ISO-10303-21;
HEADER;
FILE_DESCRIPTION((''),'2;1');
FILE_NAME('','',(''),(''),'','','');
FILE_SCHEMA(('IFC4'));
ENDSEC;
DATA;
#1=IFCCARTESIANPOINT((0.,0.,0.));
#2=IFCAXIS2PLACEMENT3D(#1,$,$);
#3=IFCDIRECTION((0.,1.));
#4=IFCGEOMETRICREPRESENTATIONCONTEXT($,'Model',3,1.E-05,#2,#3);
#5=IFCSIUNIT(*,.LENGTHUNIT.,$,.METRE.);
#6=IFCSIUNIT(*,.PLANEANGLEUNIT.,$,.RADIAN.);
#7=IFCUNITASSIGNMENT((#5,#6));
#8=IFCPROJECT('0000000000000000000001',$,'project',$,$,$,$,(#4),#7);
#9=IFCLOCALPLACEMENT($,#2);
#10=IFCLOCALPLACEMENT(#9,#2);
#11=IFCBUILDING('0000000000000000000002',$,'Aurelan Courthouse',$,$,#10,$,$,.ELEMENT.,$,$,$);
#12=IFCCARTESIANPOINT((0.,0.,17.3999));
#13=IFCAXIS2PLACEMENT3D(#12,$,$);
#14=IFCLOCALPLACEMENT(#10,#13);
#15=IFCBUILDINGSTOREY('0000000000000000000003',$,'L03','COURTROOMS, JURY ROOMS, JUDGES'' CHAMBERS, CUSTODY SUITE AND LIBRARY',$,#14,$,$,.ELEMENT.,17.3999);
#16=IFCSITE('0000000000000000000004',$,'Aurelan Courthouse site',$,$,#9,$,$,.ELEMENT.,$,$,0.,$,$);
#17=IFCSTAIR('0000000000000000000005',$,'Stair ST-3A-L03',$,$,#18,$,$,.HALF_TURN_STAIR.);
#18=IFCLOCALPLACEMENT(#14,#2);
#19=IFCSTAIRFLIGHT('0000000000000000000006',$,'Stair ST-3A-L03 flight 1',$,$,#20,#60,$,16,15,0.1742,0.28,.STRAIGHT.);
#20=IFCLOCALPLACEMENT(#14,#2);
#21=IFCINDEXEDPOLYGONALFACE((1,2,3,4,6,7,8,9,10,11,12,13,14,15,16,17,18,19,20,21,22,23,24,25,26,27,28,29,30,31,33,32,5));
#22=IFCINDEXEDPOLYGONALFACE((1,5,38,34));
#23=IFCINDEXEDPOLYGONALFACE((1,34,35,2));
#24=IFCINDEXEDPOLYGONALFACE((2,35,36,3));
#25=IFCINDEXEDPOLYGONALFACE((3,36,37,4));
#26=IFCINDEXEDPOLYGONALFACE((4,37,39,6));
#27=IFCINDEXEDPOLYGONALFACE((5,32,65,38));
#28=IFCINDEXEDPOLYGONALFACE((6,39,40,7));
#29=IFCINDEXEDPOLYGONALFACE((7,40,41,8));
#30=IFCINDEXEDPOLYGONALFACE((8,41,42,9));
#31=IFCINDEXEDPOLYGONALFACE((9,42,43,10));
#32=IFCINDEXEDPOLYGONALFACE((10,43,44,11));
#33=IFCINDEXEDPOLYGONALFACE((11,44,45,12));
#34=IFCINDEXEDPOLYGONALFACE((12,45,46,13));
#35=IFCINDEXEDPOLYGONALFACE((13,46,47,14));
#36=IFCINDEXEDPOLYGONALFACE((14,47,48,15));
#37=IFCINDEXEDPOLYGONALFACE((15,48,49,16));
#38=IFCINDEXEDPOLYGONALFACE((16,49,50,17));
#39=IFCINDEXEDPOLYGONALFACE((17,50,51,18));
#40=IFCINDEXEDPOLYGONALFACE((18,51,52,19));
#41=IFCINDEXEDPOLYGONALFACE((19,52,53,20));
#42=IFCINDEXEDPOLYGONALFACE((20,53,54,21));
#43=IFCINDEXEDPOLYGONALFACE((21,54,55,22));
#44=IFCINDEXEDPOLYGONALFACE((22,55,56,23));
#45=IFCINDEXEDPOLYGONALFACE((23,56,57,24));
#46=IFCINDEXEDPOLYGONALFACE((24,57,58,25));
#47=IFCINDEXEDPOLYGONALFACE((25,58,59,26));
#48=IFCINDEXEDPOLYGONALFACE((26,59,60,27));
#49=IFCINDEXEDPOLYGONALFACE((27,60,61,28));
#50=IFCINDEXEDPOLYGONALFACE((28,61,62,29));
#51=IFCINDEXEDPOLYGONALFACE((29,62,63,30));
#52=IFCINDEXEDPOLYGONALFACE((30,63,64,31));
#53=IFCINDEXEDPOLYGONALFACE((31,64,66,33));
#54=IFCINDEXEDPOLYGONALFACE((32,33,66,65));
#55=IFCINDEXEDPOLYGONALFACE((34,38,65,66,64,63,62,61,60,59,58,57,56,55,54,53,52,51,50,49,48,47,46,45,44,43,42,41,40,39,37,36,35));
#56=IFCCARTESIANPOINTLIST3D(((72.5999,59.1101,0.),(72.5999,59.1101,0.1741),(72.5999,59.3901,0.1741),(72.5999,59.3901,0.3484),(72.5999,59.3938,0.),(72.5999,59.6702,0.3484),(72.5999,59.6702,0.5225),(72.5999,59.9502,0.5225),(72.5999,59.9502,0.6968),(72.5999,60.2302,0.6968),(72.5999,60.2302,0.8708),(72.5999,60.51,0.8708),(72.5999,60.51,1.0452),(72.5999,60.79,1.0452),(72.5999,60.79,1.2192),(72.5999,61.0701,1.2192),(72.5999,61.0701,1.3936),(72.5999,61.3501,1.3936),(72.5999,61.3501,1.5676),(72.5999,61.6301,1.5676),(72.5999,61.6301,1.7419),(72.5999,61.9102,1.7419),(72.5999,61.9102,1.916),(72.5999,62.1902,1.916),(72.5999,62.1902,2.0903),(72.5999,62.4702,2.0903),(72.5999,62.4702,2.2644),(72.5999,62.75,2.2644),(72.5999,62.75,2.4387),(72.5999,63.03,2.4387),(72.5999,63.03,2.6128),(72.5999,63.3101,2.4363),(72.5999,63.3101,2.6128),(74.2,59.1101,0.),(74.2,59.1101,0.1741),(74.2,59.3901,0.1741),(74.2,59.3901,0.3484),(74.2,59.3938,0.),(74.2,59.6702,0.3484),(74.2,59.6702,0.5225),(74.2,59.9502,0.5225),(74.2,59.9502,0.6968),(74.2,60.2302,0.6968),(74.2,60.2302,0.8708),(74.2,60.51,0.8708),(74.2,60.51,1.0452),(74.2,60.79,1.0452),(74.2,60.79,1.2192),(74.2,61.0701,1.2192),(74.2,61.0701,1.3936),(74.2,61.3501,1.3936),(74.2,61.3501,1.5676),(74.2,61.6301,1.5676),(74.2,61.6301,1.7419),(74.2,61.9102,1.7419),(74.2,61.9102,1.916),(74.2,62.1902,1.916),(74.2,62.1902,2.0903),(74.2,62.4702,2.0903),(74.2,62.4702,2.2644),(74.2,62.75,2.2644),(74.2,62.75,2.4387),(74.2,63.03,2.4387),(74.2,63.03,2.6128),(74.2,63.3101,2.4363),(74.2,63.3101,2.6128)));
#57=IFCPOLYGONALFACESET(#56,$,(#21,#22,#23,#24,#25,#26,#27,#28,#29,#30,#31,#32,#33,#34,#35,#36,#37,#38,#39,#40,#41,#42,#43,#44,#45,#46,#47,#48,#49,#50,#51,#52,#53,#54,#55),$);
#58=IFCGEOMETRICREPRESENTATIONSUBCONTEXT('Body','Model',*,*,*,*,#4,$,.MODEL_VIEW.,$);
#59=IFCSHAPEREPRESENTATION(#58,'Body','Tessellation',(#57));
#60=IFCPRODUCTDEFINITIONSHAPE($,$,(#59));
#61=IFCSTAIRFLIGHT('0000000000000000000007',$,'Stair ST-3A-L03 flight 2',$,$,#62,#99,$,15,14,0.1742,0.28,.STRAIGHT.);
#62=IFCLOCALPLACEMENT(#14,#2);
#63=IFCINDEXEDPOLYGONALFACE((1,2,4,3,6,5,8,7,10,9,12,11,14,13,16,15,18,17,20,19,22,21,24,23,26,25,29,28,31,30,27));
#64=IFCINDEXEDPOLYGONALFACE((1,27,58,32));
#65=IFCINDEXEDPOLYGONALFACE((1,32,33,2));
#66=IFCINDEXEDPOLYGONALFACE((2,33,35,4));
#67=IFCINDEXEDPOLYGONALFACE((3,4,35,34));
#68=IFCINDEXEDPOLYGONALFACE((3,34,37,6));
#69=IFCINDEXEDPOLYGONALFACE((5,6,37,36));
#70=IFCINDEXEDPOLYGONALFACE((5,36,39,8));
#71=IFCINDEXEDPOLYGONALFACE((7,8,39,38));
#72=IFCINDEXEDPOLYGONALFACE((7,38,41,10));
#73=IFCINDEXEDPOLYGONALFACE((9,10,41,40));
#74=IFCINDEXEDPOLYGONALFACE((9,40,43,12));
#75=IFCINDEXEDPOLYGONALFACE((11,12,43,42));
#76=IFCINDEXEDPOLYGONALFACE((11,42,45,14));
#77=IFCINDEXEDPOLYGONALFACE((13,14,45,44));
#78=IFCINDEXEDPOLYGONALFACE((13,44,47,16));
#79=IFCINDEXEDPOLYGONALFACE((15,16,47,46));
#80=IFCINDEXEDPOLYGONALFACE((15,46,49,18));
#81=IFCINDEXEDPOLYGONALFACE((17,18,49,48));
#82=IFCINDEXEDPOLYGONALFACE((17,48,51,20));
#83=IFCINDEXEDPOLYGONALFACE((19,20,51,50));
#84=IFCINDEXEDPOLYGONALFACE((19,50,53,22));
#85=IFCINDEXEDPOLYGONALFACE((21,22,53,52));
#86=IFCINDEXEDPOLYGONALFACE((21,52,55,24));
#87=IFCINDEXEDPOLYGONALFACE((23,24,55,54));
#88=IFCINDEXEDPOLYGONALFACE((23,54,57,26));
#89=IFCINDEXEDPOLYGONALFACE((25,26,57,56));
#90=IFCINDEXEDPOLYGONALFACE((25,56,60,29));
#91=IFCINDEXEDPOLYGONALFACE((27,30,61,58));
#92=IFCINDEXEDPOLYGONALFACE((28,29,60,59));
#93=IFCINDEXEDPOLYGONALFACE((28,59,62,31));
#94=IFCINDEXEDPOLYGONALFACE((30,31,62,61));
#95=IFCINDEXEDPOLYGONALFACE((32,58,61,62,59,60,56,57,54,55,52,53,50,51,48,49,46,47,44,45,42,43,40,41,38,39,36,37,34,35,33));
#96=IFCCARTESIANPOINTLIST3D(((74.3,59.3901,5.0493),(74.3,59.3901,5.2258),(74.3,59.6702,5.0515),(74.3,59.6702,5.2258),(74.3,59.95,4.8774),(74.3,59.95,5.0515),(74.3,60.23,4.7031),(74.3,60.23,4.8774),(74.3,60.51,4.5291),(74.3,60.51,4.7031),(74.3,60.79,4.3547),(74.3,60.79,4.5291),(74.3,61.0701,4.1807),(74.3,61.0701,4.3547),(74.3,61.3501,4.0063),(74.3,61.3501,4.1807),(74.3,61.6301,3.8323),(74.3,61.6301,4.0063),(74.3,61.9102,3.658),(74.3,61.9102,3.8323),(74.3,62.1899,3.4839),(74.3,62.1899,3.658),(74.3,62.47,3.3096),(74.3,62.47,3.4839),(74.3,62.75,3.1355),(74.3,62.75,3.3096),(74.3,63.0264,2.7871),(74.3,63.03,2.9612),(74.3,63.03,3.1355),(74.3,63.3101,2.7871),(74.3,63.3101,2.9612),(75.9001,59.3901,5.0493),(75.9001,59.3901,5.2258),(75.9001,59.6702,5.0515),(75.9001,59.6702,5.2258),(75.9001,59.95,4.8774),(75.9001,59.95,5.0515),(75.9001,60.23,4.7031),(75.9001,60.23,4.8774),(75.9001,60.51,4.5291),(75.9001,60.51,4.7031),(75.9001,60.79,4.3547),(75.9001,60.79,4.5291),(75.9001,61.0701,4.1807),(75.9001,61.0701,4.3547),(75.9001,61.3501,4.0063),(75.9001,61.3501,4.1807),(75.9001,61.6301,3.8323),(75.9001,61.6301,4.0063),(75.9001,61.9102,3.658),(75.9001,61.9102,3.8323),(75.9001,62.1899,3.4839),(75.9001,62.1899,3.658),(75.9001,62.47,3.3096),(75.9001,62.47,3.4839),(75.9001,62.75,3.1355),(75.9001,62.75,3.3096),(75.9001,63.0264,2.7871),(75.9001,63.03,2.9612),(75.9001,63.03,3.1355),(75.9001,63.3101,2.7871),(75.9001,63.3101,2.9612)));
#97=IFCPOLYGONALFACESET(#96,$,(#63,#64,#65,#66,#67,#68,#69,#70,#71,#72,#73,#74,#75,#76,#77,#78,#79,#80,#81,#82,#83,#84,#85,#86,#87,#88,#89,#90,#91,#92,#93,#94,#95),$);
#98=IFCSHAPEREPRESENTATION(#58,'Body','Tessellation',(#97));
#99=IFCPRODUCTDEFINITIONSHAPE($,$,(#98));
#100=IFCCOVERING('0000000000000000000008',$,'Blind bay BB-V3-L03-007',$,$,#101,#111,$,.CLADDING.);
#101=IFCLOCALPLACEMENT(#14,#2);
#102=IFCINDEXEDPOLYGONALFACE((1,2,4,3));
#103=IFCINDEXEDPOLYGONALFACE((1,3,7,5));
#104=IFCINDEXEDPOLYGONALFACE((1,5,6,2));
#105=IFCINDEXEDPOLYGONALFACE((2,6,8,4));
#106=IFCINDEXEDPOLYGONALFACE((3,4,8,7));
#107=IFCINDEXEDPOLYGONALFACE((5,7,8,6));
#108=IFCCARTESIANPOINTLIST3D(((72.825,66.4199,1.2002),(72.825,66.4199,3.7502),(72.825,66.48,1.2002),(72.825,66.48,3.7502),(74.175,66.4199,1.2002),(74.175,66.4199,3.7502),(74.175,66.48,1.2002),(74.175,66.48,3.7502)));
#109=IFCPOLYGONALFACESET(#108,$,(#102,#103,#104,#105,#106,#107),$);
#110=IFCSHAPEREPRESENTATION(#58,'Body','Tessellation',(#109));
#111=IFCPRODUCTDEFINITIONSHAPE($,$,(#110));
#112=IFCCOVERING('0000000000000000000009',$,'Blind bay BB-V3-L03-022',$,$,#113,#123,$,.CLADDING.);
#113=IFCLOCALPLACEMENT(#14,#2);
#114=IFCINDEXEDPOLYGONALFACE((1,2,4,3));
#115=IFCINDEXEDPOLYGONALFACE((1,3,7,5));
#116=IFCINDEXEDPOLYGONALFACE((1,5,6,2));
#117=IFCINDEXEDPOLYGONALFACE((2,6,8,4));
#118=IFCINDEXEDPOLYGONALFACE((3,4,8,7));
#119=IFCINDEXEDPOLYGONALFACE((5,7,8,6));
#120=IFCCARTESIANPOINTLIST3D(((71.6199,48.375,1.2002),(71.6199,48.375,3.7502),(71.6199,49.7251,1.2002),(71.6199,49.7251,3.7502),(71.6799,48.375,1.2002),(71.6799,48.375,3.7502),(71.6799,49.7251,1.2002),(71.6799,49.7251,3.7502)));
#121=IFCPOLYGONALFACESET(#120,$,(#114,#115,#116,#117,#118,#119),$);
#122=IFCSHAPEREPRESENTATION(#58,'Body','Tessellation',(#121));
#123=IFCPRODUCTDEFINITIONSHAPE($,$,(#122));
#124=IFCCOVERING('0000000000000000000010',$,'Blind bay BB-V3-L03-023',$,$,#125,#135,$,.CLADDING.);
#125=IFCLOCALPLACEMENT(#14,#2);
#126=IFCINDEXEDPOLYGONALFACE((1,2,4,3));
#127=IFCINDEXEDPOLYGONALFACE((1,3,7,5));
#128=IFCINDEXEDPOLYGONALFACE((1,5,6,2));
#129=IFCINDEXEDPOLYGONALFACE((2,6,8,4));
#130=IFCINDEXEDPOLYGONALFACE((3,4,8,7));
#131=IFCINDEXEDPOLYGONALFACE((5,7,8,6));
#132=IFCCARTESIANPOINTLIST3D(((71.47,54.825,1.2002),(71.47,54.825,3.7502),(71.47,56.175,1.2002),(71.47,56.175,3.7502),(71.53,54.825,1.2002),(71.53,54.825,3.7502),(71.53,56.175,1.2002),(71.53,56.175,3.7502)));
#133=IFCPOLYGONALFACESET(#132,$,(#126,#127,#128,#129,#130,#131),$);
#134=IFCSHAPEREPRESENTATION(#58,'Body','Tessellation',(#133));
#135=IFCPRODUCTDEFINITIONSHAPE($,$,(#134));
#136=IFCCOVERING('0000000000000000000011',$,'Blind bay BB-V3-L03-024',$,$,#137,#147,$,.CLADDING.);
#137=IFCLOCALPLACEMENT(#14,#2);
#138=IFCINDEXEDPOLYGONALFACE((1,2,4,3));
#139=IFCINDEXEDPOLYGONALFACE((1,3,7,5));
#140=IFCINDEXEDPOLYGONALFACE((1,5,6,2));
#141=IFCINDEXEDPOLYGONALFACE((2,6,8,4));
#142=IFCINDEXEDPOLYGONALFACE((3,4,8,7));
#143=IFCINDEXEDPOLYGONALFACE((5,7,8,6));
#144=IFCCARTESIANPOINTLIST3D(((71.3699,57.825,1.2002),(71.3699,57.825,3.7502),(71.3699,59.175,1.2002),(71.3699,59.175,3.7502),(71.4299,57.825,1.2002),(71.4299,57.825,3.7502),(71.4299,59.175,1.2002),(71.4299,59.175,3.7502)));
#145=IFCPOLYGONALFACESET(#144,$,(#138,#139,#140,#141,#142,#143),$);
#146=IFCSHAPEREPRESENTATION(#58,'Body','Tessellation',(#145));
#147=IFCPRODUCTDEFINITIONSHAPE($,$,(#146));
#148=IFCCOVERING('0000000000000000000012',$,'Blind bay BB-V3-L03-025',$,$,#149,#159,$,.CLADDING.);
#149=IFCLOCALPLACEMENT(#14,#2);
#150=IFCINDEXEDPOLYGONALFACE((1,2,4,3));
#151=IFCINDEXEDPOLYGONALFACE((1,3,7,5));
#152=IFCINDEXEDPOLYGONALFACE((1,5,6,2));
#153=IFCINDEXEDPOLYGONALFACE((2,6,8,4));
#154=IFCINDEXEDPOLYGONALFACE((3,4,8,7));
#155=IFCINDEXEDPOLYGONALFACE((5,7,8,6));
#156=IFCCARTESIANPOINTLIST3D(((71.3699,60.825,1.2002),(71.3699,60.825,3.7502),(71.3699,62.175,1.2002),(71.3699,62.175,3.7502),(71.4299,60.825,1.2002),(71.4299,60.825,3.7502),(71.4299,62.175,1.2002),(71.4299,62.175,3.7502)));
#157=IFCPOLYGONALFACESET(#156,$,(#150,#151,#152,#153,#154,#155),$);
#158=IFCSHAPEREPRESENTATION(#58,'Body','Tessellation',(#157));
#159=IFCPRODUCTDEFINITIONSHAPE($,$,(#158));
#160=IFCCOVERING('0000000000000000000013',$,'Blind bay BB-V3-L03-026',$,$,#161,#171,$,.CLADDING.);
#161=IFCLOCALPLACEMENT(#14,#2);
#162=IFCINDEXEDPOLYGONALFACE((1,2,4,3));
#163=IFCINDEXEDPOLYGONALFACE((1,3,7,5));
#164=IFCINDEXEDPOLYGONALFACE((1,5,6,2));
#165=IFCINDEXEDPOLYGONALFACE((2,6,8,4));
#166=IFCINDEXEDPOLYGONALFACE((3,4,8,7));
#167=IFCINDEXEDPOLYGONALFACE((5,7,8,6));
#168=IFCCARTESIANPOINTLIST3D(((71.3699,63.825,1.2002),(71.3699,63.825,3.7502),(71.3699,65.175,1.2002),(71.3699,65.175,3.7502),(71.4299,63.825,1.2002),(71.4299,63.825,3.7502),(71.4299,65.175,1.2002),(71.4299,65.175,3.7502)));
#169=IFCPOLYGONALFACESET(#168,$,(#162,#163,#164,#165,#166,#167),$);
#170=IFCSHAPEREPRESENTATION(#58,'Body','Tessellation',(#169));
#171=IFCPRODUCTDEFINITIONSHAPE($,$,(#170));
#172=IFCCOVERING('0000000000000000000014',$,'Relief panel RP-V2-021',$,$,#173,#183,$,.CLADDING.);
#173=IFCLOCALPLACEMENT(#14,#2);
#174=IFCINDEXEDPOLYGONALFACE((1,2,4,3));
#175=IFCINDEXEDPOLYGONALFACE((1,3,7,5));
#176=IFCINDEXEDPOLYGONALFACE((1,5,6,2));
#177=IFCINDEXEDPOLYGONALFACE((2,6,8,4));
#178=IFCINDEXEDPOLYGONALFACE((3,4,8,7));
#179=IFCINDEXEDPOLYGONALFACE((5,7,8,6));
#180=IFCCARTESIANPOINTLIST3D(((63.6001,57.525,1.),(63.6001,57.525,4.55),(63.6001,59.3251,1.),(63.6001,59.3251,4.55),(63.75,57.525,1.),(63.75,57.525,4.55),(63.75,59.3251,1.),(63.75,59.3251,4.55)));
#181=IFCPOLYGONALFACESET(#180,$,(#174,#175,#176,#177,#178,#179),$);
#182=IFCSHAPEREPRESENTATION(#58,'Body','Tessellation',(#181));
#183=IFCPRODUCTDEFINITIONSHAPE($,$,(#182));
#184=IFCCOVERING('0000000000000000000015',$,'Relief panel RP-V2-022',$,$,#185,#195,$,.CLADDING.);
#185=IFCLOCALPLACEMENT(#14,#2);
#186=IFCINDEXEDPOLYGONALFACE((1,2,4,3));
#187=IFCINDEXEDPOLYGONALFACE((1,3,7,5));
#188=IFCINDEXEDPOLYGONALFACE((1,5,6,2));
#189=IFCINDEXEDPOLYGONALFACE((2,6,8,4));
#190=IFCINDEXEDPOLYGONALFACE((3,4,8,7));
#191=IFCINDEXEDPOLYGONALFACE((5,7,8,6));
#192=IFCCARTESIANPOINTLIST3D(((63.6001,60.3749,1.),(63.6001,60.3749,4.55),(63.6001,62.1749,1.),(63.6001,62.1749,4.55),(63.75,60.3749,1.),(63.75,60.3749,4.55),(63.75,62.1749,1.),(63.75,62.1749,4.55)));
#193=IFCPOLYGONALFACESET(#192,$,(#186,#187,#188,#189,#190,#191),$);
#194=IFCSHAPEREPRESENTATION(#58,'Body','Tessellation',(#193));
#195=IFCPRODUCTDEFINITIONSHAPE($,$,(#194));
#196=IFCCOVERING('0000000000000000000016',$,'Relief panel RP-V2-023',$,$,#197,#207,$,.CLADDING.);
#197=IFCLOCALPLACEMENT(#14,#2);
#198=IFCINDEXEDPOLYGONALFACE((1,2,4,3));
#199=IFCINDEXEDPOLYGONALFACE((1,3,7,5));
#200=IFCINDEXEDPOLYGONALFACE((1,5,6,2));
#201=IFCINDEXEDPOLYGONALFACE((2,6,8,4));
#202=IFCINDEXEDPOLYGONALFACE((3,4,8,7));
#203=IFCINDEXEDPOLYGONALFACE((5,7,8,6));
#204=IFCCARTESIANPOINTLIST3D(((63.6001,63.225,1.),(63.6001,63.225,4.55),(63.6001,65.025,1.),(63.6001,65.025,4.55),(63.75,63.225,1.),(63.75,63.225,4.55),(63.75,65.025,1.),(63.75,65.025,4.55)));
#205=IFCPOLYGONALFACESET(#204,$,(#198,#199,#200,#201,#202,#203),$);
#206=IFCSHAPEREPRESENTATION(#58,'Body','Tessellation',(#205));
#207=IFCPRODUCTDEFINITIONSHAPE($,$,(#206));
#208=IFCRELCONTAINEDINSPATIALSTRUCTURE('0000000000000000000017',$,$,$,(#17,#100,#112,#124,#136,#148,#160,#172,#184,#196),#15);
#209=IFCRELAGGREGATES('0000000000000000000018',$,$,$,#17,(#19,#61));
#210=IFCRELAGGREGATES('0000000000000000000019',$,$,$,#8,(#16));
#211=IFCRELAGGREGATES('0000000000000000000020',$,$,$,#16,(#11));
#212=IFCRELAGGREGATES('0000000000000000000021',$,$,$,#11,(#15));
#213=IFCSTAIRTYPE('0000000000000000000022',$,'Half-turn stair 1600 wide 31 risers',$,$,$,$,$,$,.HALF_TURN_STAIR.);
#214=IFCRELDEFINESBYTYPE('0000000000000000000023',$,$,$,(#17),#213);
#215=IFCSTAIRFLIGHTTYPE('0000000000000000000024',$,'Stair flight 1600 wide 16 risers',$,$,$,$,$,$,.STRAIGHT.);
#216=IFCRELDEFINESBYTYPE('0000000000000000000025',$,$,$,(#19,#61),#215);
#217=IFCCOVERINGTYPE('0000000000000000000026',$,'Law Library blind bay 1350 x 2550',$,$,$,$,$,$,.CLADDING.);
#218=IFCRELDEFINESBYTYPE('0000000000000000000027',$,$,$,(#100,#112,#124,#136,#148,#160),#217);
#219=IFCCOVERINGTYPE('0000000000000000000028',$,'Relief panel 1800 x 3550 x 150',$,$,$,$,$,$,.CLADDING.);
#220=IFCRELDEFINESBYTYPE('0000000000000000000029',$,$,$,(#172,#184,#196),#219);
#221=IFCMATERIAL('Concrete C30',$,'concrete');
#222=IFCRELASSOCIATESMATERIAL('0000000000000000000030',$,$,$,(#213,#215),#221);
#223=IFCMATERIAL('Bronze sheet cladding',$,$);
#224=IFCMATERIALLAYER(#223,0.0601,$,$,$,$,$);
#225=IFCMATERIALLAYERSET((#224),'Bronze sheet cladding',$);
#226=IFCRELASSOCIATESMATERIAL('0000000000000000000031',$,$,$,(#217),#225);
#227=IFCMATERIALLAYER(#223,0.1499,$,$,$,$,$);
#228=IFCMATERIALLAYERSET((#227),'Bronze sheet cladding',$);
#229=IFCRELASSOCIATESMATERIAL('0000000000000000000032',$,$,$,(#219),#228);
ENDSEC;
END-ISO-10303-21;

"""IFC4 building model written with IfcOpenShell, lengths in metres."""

from ifc_helpers import new_model, si_unit, direction, frame, origin, origin_2d, place, context, subcontext, project, spatial, polyline, rectangle, outline, extrude, material, layer, layer_set, type_object, element, aggregate, save


model = new_model("IFC4")

# Units and contexts
model_context = context("Model", 3, precision=1e-05, world=origin(), true_north=direction((0.0, 1.0)))
body_context = subcontext(model_context, "Body", "Model", "MODEL_VIEW")
ifc_project = project(units=[si_unit("LENGTHUNIT", "METRE"), si_unit("PLANEANGLEUNIT", "RADIAN")], contexts=[model_context])

# Site, building, storey
site_placement = place(None, origin())
site = spatial("IfcSite", under=ifc_project, at=site_placement, Name="Aurelan Courthouse site", CompositionType="ELEMENT", RefElevation=0.0)
building_placement = place(site_placement, origin())
building = spatial("IfcBuilding", under=site, at=building_placement, Name="Aurelan Courthouse", CompositionType="ELEMENT")
storey_placement = place(building_placement, frame((0.0, 0.0, 17.3999)))
storey = spatial("IfcBuildingStorey", under=building, at=storey_placement, Name="L03", Description="COURTROOMS, JURY ROOMS, JUDGES' CHAMBERS, CUSTODY SUITE AND LIBRARY", CompositionType="ELEMENT", Elevation=17.3999)

# Stair, stair flights
ifc_material_1 = material(Name="Concrete C30", Category="concrete")
stair_type = type_object("IfcStairType", Name="Half-turn stair 1600 wide 31 risers", PredefinedType="HALF_TURN_STAIR", material=ifc_material_1)
stair_placement = place(storey_placement, origin())
stair = element("IfcStair", 1, at=stair_placement, inside=storey, type_object=stair_type, Name="Stair ST-3A-L03", PredefinedType="HALF_TURN_STAIR")
stair_flight_type = type_object("IfcStairFlightType", Name="Stair flight 1600 wide 16 risers", PredefinedType="STRAIGHT", material=ifc_material_1)
stair_flight_1_placement = place(storey_placement, frame((73.3999, 59.1101, 0.0), z_axis=(0.0, 0.0, 1.0), x_axis=(0.0, 1.0, 0.0)))
stair_flight_1 = element("IfcStairFlight", 2, at=stair_flight_1_placement, type_object=stair_flight_type, Name="Stair ST-3A-L03 flight 1", NumberOfRisers=16, NumberOfTreads=15, PredefinedType="STRAIGHT", RiserHeight=0.1742, TreadLength=0.28, context=body_context, shape_type="SweptSolid", body=[
    extrude(outline(polyline([(0.0, 0.0), (0.0, 0.1741), (0.28, 0.1741), (0.28, 0.3484), (0.5601, 0.3484), (0.5601, 0.5225), (0.8401, 0.5225), (0.8401, 0.6968), (1.1201, 0.6968), (1.1201, 0.8708), (1.3999, 0.8708), (1.3999, 1.0452), (1.6799, 1.0452), (1.6799, 1.2192), (1.96, 1.2192), (1.96, 1.3936), (2.24, 1.3936), (2.24, 1.5676), (2.52, 1.5676), (2.52, 1.7419), (2.8, 1.7419), (2.8, 1.916), (3.0801, 1.916), (3.0801, 2.0903), (3.3601, 2.0903), (3.3601, 2.2644), (3.6399, 2.2644), (3.6399, 2.4387), (3.9199, 2.4387), (3.9199, 2.6128), (4.2, 2.6128), (4.2, 2.7871), (4.2, 2.4363), (0.2837, 0.0), (0.0, 0.0)])), frame((0.0, 0.8, 0.0), z_axis=(0.0, -1.0, 0.0), x_axis=(1.0, 0.0, 0.0)), (0.0, 0.0, 1.0), 1.6001),
])
stair_flight_2_placement = place(storey_placement, frame((75.1001, 63.3101, 2.7871), z_axis=(0.0, 0.0, 1.0), x_axis=(0.0, -1.0, 0.0)))
stair_flight_2 = element("IfcStairFlight", 3, at=stair_flight_2_placement, type_object=stair_flight_type, Name="Stair ST-3A-L03 flight 2", NumberOfRisers=15, NumberOfTreads=14, PredefinedType="STRAIGHT", RiserHeight=0.1742, TreadLength=0.28, context=body_context, shape_type="SweptSolid", body=[
    extrude(outline(polyline([(0.0, 0.0), (0.0, 0.1741), (0.28, 0.1741), (0.28, 0.3484), (0.5601, 0.3484), (0.5601, 0.5225), (0.8401, 0.5225), (0.8401, 0.6968), (1.1201, 0.6968), (1.1201, 0.8708), (1.3999, 0.8708), (1.3999, 1.0452), (1.6799, 1.0452), (1.6799, 1.2192), (1.96, 1.2192), (1.96, 1.3936), (2.24, 1.3936), (2.24, 1.5676), (2.52, 1.5676), (2.52, 1.7419), (2.8, 1.7419), (2.8, 1.916), (3.0801, 1.916), (3.0801, 2.0903), (3.3601, 2.0903), (3.3601, 2.2644), (3.6399, 2.2644), (3.6399, 2.4387), (3.9199, 2.4387), (3.9199, 2.6128), (3.9199, 2.2622), (0.2837, 0.0), (0.0, 0.0)])), frame((0.0, 0.8, 0.0), z_axis=(0.0, -1.0, 0.0), x_axis=(1.0, 0.0, 0.0)), (0.0, 0.0, 1.0), 1.6001),
])
aggregate(stair, [stair_flight_1, stair_flight_2])

# Coverings
ifc_material_2 = material(Name="Bronze sheet cladding")
ifc_layer_1 = layer(ifc_material_2, 0.0601)
ifc_layer_set_1 = layer_set([ifc_layer_1], Name="Bronze sheet cladding")
covering_type_1 = type_object("IfcCoveringType", Name="Law Library blind bay 1350 x 2550", PredefinedType="CLADDING", material=ifc_layer_set_1)
covering_placement = place(storey_placement, frame((73.5, 66.45, 1.2002), z_axis=(0.0, 0.0, 1.0), x_axis=(1.0, 0.0, 0.0)))
element("IfcCovering", 4, at=covering_placement, inside=storey, type_object=covering_type_1, Name="Blind bay BB-V3-L03-007", PredefinedType="CLADDING", context=body_context, shape_type="SweptSolid", body=[
    extrude(rectangle(XDim=1.3501, YDim=0.0601, at=origin_2d()), origin(), (0.0, 0.0, 1.0), 2.55),
])
for number, where, z_axis, x_axis, name in (
    (5, (71.6499, 49.05, 1.2002), (0.0, 0.0, 1.0), (1.0, 0.0, 0.0), "Blind bay BB-V3-L03-022"),
    (6, (71.5, 55.5, 1.2002), (0.0, 0.0, 1.0), (1.0, 0.0, 0.0), "Blind bay BB-V3-L03-023"),
    (7, (71.3999, 58.5, 1.2002), (0.0, 0.0, 1.0), (1.0, 0.0, 0.0), "Blind bay BB-V3-L03-024"),
    (8, (71.3999, 61.5, 1.2002), (0.0, 0.0, 1.0), (1.0, 0.0, 0.0), "Blind bay BB-V3-L03-025"),
    (9, (71.3999, 64.5, 1.2002), (0.0, 0.0, 1.0), (1.0, 0.0, 0.0), "Blind bay BB-V3-L03-026"),
):
    element("IfcCovering", number, at=place(storey_placement, frame(where, z_axis=z_axis, x_axis=x_axis)), inside=storey, type_object=covering_type_1, Name=name, PredefinedType="CLADDING", context=body_context, shape_type="SweptSolid", body=[
        extrude(rectangle(XDim=0.0601, YDim=1.3501, at=origin_2d()), origin(), (0.0, 0.0, 1.0), 2.55),
    ])
ifc_layer_2 = layer(ifc_material_2, 0.1499)
ifc_layer_set_2 = layer_set([ifc_layer_2], Name="Bronze sheet cladding")
covering_type_2 = type_object("IfcCoveringType", Name="Relief panel 1800 x 3550 x 150", PredefinedType="CLADDING", material=ifc_layer_set_2)
for number, where, z_axis, x_axis, name in (
    (10, (63.675, 58.425, 1.0), (0.0, 0.0, 1.0), (1.0, 0.0, 0.0), "Relief panel RP-V2-021"),
    (11, (63.675, 61.2749, 1.0), (0.0, 0.0, 1.0), (1.0, 0.0, 0.0), "Relief panel RP-V2-022"),
    (12, (63.675, 64.125, 1.0), (0.0, 0.0, 1.0), (1.0, 0.0, 0.0), "Relief panel RP-V2-023"),
):
    element("IfcCovering", number, at=place(storey_placement, frame(where, z_axis=z_axis, x_axis=x_axis)), inside=storey, type_object=covering_type_2, Name=name, PredefinedType="CLADDING", context=body_context, shape_type="SweptSolid", body=[
        extrude(rectangle(XDim=0.1499, YDim=1.8, at=origin_2d()), origin(), (0.0, 0.0, 1.0), 3.55),
    ])

save(model, "model.ifc")
